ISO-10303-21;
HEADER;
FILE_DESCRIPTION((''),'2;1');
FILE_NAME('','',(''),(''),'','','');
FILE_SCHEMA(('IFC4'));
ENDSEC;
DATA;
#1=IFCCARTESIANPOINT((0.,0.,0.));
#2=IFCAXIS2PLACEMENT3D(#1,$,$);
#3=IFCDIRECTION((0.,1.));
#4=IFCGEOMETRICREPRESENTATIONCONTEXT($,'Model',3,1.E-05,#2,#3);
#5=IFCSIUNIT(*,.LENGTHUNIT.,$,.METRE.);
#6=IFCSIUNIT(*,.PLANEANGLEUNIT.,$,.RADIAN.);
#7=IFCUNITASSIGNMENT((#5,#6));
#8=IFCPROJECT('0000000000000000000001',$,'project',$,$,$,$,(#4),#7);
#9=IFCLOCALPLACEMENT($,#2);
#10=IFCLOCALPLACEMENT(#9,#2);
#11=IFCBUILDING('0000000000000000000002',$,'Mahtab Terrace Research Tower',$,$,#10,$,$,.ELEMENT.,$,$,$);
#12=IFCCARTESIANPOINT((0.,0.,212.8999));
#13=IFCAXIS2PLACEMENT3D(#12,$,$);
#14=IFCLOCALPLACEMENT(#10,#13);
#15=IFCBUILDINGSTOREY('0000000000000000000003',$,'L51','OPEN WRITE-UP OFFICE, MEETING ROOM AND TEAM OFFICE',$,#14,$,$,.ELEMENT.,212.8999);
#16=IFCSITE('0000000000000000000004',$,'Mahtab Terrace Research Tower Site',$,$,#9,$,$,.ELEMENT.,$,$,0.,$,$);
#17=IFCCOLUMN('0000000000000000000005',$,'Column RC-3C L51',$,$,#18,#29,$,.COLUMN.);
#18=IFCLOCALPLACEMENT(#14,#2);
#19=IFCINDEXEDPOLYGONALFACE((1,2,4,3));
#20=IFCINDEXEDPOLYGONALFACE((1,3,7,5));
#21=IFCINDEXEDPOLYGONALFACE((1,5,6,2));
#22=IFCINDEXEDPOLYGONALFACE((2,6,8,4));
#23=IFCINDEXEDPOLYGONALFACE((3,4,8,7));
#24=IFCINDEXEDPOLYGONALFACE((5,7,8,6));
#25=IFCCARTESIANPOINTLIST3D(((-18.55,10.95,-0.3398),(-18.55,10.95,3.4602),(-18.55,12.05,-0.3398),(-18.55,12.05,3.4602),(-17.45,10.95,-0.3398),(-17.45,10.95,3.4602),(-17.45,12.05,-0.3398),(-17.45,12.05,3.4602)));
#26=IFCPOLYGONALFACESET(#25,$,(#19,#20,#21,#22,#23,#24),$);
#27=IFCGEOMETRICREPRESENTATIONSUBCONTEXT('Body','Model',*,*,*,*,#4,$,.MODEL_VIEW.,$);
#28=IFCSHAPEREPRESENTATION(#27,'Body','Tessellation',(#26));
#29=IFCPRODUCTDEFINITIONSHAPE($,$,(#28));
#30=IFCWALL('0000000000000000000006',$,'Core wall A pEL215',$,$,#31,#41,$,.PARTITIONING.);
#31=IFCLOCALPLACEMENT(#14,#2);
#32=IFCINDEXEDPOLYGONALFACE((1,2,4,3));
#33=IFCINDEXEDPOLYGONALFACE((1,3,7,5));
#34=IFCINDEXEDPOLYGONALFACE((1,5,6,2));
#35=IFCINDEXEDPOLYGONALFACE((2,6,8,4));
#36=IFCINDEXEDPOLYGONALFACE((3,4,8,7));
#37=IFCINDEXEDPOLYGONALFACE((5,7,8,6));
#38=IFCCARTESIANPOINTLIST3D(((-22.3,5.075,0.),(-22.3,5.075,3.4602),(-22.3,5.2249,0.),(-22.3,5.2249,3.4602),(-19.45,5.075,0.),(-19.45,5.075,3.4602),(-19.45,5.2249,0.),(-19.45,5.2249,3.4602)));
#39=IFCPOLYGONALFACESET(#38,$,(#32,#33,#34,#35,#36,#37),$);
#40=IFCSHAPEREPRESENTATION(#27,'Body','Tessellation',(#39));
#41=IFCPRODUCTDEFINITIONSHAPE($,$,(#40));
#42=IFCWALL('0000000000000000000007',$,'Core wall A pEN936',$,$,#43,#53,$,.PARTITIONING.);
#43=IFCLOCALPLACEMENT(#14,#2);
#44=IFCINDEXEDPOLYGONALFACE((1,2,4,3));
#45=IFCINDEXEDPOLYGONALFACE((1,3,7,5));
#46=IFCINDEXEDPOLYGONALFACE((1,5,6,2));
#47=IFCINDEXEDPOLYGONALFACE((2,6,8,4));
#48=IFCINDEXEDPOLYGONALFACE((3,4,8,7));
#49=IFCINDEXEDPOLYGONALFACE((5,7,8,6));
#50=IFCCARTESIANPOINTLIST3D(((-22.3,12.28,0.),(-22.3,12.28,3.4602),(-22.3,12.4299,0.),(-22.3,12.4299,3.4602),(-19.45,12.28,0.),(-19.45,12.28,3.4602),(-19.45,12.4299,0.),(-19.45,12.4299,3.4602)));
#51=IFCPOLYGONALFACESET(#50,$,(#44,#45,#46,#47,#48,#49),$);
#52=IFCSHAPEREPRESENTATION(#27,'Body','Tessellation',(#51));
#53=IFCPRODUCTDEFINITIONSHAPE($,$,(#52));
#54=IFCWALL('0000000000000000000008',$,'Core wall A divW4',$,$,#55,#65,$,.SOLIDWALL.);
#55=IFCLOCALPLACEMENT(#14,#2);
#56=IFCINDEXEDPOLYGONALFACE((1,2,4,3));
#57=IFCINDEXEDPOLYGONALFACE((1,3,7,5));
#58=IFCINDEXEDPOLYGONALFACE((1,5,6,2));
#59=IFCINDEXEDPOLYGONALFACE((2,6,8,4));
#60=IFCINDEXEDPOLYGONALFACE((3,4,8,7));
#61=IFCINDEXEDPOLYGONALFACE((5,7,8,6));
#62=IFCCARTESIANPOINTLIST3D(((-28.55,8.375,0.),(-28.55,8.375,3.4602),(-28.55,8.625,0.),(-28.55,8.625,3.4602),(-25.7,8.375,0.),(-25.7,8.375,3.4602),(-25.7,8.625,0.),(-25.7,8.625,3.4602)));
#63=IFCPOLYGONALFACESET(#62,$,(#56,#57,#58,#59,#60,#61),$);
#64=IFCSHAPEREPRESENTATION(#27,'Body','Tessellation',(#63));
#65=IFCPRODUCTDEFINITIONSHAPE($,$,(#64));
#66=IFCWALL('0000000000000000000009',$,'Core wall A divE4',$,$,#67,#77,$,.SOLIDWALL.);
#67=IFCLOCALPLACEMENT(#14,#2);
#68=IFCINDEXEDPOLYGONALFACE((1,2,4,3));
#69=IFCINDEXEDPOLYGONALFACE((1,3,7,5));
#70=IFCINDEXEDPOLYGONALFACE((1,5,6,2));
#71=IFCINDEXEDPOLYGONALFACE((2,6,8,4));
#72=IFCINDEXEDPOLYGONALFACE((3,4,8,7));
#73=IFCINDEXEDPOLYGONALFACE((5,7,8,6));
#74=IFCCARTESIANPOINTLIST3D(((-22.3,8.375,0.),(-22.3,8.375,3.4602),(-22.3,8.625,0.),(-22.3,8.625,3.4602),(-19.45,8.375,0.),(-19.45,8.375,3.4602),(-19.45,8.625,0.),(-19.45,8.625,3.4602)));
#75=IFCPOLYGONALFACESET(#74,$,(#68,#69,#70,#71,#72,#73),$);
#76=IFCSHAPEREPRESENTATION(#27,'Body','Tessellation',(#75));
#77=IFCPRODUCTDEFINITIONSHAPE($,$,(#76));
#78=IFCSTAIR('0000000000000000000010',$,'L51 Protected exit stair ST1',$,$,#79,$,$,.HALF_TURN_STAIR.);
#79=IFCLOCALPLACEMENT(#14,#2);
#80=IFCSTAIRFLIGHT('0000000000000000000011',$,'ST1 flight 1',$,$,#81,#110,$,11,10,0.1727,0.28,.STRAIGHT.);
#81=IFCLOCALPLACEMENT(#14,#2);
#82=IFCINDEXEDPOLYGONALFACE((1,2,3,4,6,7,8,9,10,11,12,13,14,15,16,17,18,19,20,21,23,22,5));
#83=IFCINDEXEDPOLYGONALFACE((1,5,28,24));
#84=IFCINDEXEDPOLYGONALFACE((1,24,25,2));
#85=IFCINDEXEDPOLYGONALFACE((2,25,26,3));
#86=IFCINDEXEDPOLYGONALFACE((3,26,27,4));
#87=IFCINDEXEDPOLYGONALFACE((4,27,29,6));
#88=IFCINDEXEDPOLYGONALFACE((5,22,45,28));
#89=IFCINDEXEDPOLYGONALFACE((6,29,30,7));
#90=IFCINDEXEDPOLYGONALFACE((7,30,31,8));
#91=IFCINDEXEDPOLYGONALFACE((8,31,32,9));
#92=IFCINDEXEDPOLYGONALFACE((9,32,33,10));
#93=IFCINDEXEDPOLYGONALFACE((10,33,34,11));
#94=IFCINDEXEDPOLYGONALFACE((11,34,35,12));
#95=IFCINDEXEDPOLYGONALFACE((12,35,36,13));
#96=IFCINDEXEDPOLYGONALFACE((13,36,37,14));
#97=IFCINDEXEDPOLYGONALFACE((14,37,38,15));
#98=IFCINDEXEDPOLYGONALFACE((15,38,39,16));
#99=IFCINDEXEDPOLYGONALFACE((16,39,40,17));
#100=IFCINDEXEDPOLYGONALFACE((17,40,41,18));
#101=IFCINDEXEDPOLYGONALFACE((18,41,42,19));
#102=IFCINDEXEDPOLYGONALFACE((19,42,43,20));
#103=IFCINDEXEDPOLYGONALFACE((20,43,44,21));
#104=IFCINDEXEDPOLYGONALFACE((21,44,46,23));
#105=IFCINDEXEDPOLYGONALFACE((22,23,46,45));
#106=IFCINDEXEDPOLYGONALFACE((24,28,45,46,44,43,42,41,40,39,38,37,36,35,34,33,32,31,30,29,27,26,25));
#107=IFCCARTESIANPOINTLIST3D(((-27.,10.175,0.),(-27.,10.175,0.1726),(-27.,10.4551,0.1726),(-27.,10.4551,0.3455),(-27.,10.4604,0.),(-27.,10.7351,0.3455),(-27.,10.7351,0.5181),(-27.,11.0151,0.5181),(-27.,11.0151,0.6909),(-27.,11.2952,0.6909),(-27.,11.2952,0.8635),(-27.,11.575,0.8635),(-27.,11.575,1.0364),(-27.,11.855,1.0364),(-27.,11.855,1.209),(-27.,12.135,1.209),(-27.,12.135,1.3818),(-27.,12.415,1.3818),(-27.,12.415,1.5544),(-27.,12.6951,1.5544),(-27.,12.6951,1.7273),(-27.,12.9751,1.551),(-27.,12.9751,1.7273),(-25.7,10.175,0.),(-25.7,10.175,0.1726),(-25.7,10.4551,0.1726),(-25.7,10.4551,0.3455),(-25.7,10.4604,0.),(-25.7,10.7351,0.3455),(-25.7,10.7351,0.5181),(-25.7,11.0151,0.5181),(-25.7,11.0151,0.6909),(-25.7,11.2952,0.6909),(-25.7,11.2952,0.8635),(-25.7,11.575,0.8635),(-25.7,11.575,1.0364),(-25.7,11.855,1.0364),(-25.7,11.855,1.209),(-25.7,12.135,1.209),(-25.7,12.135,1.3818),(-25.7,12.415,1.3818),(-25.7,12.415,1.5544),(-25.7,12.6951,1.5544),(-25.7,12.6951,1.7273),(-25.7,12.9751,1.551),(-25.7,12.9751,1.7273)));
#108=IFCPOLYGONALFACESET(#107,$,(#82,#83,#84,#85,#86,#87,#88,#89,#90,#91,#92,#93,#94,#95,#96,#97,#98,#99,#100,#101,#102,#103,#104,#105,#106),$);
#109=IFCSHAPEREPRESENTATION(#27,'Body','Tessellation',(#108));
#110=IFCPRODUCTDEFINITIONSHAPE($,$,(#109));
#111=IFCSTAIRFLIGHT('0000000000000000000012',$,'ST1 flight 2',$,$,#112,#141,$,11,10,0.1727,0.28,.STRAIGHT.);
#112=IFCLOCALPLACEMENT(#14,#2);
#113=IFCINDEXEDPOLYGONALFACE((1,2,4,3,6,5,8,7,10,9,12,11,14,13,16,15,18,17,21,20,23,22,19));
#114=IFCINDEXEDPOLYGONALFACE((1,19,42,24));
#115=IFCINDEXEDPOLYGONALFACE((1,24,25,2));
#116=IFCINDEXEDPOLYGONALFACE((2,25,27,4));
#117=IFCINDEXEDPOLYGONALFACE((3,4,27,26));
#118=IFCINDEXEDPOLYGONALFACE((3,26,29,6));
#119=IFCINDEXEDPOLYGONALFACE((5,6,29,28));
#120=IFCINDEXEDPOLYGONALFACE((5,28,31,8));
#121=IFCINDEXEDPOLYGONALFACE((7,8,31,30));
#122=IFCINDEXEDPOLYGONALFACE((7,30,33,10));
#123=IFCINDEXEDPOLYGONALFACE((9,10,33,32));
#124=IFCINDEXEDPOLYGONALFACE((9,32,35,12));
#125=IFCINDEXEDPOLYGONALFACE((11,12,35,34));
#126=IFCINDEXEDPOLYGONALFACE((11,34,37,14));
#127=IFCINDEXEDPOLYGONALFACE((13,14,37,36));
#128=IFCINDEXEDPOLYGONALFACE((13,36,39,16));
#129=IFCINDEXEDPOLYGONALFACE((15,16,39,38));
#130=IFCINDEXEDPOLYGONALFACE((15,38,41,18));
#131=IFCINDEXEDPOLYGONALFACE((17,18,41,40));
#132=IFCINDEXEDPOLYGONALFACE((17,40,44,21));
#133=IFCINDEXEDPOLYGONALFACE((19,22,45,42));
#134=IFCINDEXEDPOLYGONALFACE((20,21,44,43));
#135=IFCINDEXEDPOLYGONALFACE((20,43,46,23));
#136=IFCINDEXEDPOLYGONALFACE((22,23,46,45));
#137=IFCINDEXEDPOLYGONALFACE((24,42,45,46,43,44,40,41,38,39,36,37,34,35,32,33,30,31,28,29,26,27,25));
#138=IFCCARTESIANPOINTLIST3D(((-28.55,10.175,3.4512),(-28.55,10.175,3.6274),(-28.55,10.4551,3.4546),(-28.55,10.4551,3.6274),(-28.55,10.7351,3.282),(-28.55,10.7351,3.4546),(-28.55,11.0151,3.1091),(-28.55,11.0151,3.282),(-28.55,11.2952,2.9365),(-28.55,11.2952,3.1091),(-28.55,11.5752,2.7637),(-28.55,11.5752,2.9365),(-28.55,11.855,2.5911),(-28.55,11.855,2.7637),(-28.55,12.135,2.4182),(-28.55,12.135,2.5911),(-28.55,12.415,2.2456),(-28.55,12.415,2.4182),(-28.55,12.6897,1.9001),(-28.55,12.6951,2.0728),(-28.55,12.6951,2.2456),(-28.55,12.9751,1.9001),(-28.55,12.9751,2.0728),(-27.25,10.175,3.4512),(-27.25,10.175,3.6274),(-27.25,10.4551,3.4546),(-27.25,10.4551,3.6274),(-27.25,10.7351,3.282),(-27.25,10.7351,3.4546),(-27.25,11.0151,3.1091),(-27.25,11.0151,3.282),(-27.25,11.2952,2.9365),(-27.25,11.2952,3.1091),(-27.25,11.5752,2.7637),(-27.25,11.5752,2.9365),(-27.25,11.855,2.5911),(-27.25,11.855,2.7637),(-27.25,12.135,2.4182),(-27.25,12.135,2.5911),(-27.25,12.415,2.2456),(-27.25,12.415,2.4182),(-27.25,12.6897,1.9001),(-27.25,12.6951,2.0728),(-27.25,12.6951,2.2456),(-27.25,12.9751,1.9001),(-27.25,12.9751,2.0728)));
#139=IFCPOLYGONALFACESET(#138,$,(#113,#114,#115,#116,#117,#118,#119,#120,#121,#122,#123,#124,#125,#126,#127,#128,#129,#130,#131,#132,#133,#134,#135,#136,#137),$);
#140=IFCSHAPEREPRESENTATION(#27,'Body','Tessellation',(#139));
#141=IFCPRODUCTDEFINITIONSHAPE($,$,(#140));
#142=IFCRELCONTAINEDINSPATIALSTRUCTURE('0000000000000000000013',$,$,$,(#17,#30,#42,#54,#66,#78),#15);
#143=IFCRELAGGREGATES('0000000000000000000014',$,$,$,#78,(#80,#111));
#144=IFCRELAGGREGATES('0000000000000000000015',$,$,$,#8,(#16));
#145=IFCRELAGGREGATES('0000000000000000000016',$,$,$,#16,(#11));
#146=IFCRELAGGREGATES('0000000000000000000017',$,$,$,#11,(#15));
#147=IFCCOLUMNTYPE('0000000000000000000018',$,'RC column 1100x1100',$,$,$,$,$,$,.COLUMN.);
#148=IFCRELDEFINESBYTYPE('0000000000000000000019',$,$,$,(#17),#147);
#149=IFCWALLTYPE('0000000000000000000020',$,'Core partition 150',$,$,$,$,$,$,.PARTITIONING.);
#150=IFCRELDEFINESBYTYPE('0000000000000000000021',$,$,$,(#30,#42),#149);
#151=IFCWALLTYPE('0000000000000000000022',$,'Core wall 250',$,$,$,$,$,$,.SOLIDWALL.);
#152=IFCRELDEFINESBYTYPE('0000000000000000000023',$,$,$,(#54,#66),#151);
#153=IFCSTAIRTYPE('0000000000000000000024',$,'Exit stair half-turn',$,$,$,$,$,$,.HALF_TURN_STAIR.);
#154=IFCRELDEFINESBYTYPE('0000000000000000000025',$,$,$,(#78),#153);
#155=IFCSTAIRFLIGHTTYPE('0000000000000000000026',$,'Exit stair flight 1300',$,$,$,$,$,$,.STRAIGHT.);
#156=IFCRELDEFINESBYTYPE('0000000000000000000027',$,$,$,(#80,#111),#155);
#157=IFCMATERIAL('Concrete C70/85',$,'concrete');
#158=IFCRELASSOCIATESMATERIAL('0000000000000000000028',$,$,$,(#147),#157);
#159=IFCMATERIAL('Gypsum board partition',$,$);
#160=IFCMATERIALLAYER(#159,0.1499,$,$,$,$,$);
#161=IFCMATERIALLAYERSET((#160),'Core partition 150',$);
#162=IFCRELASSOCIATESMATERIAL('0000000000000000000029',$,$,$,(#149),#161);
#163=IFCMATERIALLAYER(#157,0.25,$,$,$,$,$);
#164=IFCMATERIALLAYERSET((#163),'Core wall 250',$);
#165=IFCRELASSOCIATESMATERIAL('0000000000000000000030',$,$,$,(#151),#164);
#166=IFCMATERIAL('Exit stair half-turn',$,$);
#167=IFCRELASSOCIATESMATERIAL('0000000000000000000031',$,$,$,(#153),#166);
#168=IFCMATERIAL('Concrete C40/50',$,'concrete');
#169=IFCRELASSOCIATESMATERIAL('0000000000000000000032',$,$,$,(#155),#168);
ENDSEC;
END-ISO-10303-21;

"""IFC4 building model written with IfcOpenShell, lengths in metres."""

from ifc_helpers import new_model, si_unit, direction, frame, frame_2d, origin, origin_2d, place, context, subcontext, project, spatial, polyline, rectangle, outline, extrude, material, layer, layer_set, material_profile, profile_set, type_object, element, aggregate, save


model = new_model("IFC4")

# Units and contexts
model_context = context("Model", 3, precision=1e-05, world=origin(), true_north=direction((0.0, 1.0)))
body_context = subcontext(model_context, "Body", "Model", "MODEL_VIEW")
ifc_project = project(units=[si_unit("LENGTHUNIT", "METRE"), si_unit("PLANEANGLEUNIT", "RADIAN")], contexts=[model_context])

# Site, building, storey
site_placement = place(None, origin())
site = spatial("IfcSite", under=ifc_project, at=site_placement, Name="Mahtab Terrace Research Tower Site", CompositionType="ELEMENT", RefElevation=0.0)
building_placement = place(site_placement, origin())
building = spatial("IfcBuilding", under=site, at=building_placement, Name="Mahtab Terrace Research Tower", CompositionType="ELEMENT")
storey_placement = place(building_placement, frame((0.0, 0.0, 212.8999)))
storey = spatial("IfcBuildingStorey", under=building, at=storey_placement, Name="L51", Description="OPEN WRITE-UP OFFICE, MEETING ROOM AND TEAM OFFICE", CompositionType="ELEMENT", Elevation=212.8999)

# Column
ifc_material_1 = material(Name="Concrete C70/85", Category="concrete")
ifc_material_profile = material_profile(ifc_material_1, rectangle(XDim=1.1001, YDim=1.1001, at=origin_2d()), Name="RC column 1100x1100")
ifc_profile_set = profile_set([ifc_material_profile], Name="Concrete C70/85")
column_type = type_object("IfcColumnType", Name="RC column 1100x1100", PredefinedType="COLUMN", material=ifc_profile_set)
column_placement = place(storey_placement, frame((-18.0, 11.5, -0.3398), z_axis=(0.0, 0.0, 1.0), x_axis=(1.0, 0.0, 0.0)))
element("IfcColumn", 1, at=column_placement, inside=storey, type_object=column_type, Name="Column RC-3C L51", PredefinedType="COLUMN", context=body_context, shape_type="SweptSolid", body=[
    extrude(rectangle(XDim=1.1001, YDim=1.1001, at=origin_2d()), origin(), (0.0, 0.0, 1.0), 3.8),
])

# Walls
ifc_material_2 = material(Name="Gypsum board partition")
ifc_layer_1 = layer(ifc_material_2, 0.1499)
ifc_layer_set_1 = layer_set([ifc_layer_1], Name="Core partition 150")
wall_type_1 = type_object("IfcWallType", Name="Core partition 150", PredefinedType="PARTITIONING", material=ifc_layer_set_1)
for number, where, z_axis, x_axis, name in (
    (2, (-22.3, 5.1499, 0.0), (0.0, 0.0, 1.0), (1.0, 0.0, 0.0), "Core wall A pEL215"),
    (3, (-22.3, 12.355, 0.0), (0.0, 0.0, 1.0), (1.0, 0.0, 0.0), "Core wall A pEN936"),
):
    element("IfcWall", number, at=place(storey_placement, frame(where, z_axis=z_axis, x_axis=x_axis)), inside=storey, type_object=wall_type_1, Name=name, PredefinedType="PARTITIONING", context=body_context, shape_type="SweptSolid", body=[
        extrude(rectangle(XDim=2.8501, YDim=0.1499, at=frame_2d((1.425, 0.0))), origin(), (0.0, 0.0, 1.0), 3.4602),
    ])
ifc_layer_2 = layer(ifc_material_1, 0.25)
ifc_layer_set_2 = layer_set([ifc_layer_2], Name="Core wall 250")
wall_type_2 = type_object("IfcWallType", Name="Core wall 250", PredefinedType="SOLIDWALL", material=ifc_layer_set_2)
for number, where, z_axis, x_axis, name in (
    (4, (-28.55, 8.5, 0.0), (0.0, 0.0, 1.0), (1.0, 0.0, 0.0), "Core wall A divW4"),
    (5, (-22.3, 8.5, 0.0), (0.0, 0.0, 1.0), (1.0, 0.0, 0.0), "Core wall A divE4"),
):
    element("IfcWall", number, at=place(storey_placement, frame(where, z_axis=z_axis, x_axis=x_axis)), inside=storey, type_object=wall_type_2, Name=name, PredefinedType="SOLIDWALL", context=body_context, shape_type="SweptSolid", body=[
        extrude(rectangle(XDim=2.8501, YDim=0.25, at=frame_2d((1.425, 0.0))), origin(), (0.0, 0.0, 1.0), 3.4602),
    ])

# Stair, stair flights
ifc_material_3 = material(Name="Exit stair half-turn")
stair_type = type_object("IfcStairType", Name="Exit stair half-turn", PredefinedType="HALF_TURN_STAIR", material=ifc_material_3)
stair_placement = place(storey_placement, origin())
stair = element("IfcStair", 6, at=stair_placement, inside=storey, type_object=stair_type, Name="L51 Protected exit stair ST1", PredefinedType="HALF_TURN_STAIR")
ifc_material_4 = material(Name="Concrete C40/50", Category="concrete")
stair_flight_type = type_object("IfcStairFlightType", Name="Exit stair flight 1300", PredefinedType="STRAIGHT", material=ifc_material_4)
stair_flight_1_placement = place(storey_placement, frame((-26.3501, 10.175, 0.0), z_axis=(0.0, 0.0, 1.0), x_axis=(0.0, 1.0, 0.0)))
stair_flight_1 = element("IfcStairFlight", 7, at=stair_flight_1_placement, type_object=stair_flight_type, Name="ST1 flight 1", NumberOfRisers=11, NumberOfTreads=10, PredefinedType="STRAIGHT", RiserHeight=0.1727, TreadLength=0.28, context=body_context, shape_type="SweptSolid", body=[
    extrude(outline(polyline([(0.0, 0.0), (0.0, 0.1726), (0.28, 0.1726), (0.28, 0.3455), (0.5601, 0.3455), (0.5601, 0.5181), (0.8401, 0.5181), (0.8401, 0.6909), (1.1201, 0.6909), (1.1201, 0.8635), (1.3999, 0.8635), (1.3999, 1.0364), (1.6799, 1.0364), (1.6799, 1.209), (1.96, 1.209), (1.96, 1.3818), (2.24, 1.3818), (2.24, 1.5544), (2.52, 1.5544), (2.52, 1.7273), (2.8, 1.7273), (2.8, 1.8999), (2.8, 1.551), (0.2854, 0.0), (0.0, 0.0)])), frame((0.0, 0.6499, 0.0), z_axis=(0.0, -1.0, 0.0), x_axis=(1.0, 0.0, 0.0)), (0.0, 0.0, 1.0), 1.3),
])
stair_flight_2_placement = place(storey_placement, frame((-27.8999, 12.9751, 1.9001), z_axis=(0.0, 0.0, 1.0), x_axis=(0.0, -1.0, 0.0)))
stair_flight_2 = element("IfcStairFlight", 8, at=stair_flight_2_placement, type_object=stair_flight_type, Name="ST1 flight 2", NumberOfRisers=11, NumberOfTreads=10, PredefinedType="STRAIGHT", RiserHeight=0.1727, TreadLength=0.28, context=body_context, shape_type="SweptSolid", body=[
    extrude(outline(polyline([(0.0, 0.0), (0.0, 0.1726), (0.28, 0.1726), (0.28, 0.3455), (0.5601, 0.3455), (0.5601, 0.5181), (0.8401, 0.5181), (0.8401, 0.6909), (1.1201, 0.6909), (1.1201, 0.8635), (1.3999, 0.8635), (1.3999, 1.0364), (1.6799, 1.0364), (1.6799, 1.209), (1.96, 1.209), (1.96, 1.3818), (2.24, 1.3818), (2.24, 1.5544), (2.52, 1.5544), (2.52, 1.7273), (2.8, 1.7273), (2.8, 1.8999), (2.8, 1.551), (0.2854, 0.0), (0.0, 0.0)])), frame((0.0, 0.6499, 0.0), z_axis=(0.0, -1.0, 0.0), x_axis=(1.0, 0.0, 0.0)), (0.0, 0.0, 1.0), 1.3),
])
aggregate(stair, [stair_flight_1, stair_flight_2])

save(model, "model.ifc")
